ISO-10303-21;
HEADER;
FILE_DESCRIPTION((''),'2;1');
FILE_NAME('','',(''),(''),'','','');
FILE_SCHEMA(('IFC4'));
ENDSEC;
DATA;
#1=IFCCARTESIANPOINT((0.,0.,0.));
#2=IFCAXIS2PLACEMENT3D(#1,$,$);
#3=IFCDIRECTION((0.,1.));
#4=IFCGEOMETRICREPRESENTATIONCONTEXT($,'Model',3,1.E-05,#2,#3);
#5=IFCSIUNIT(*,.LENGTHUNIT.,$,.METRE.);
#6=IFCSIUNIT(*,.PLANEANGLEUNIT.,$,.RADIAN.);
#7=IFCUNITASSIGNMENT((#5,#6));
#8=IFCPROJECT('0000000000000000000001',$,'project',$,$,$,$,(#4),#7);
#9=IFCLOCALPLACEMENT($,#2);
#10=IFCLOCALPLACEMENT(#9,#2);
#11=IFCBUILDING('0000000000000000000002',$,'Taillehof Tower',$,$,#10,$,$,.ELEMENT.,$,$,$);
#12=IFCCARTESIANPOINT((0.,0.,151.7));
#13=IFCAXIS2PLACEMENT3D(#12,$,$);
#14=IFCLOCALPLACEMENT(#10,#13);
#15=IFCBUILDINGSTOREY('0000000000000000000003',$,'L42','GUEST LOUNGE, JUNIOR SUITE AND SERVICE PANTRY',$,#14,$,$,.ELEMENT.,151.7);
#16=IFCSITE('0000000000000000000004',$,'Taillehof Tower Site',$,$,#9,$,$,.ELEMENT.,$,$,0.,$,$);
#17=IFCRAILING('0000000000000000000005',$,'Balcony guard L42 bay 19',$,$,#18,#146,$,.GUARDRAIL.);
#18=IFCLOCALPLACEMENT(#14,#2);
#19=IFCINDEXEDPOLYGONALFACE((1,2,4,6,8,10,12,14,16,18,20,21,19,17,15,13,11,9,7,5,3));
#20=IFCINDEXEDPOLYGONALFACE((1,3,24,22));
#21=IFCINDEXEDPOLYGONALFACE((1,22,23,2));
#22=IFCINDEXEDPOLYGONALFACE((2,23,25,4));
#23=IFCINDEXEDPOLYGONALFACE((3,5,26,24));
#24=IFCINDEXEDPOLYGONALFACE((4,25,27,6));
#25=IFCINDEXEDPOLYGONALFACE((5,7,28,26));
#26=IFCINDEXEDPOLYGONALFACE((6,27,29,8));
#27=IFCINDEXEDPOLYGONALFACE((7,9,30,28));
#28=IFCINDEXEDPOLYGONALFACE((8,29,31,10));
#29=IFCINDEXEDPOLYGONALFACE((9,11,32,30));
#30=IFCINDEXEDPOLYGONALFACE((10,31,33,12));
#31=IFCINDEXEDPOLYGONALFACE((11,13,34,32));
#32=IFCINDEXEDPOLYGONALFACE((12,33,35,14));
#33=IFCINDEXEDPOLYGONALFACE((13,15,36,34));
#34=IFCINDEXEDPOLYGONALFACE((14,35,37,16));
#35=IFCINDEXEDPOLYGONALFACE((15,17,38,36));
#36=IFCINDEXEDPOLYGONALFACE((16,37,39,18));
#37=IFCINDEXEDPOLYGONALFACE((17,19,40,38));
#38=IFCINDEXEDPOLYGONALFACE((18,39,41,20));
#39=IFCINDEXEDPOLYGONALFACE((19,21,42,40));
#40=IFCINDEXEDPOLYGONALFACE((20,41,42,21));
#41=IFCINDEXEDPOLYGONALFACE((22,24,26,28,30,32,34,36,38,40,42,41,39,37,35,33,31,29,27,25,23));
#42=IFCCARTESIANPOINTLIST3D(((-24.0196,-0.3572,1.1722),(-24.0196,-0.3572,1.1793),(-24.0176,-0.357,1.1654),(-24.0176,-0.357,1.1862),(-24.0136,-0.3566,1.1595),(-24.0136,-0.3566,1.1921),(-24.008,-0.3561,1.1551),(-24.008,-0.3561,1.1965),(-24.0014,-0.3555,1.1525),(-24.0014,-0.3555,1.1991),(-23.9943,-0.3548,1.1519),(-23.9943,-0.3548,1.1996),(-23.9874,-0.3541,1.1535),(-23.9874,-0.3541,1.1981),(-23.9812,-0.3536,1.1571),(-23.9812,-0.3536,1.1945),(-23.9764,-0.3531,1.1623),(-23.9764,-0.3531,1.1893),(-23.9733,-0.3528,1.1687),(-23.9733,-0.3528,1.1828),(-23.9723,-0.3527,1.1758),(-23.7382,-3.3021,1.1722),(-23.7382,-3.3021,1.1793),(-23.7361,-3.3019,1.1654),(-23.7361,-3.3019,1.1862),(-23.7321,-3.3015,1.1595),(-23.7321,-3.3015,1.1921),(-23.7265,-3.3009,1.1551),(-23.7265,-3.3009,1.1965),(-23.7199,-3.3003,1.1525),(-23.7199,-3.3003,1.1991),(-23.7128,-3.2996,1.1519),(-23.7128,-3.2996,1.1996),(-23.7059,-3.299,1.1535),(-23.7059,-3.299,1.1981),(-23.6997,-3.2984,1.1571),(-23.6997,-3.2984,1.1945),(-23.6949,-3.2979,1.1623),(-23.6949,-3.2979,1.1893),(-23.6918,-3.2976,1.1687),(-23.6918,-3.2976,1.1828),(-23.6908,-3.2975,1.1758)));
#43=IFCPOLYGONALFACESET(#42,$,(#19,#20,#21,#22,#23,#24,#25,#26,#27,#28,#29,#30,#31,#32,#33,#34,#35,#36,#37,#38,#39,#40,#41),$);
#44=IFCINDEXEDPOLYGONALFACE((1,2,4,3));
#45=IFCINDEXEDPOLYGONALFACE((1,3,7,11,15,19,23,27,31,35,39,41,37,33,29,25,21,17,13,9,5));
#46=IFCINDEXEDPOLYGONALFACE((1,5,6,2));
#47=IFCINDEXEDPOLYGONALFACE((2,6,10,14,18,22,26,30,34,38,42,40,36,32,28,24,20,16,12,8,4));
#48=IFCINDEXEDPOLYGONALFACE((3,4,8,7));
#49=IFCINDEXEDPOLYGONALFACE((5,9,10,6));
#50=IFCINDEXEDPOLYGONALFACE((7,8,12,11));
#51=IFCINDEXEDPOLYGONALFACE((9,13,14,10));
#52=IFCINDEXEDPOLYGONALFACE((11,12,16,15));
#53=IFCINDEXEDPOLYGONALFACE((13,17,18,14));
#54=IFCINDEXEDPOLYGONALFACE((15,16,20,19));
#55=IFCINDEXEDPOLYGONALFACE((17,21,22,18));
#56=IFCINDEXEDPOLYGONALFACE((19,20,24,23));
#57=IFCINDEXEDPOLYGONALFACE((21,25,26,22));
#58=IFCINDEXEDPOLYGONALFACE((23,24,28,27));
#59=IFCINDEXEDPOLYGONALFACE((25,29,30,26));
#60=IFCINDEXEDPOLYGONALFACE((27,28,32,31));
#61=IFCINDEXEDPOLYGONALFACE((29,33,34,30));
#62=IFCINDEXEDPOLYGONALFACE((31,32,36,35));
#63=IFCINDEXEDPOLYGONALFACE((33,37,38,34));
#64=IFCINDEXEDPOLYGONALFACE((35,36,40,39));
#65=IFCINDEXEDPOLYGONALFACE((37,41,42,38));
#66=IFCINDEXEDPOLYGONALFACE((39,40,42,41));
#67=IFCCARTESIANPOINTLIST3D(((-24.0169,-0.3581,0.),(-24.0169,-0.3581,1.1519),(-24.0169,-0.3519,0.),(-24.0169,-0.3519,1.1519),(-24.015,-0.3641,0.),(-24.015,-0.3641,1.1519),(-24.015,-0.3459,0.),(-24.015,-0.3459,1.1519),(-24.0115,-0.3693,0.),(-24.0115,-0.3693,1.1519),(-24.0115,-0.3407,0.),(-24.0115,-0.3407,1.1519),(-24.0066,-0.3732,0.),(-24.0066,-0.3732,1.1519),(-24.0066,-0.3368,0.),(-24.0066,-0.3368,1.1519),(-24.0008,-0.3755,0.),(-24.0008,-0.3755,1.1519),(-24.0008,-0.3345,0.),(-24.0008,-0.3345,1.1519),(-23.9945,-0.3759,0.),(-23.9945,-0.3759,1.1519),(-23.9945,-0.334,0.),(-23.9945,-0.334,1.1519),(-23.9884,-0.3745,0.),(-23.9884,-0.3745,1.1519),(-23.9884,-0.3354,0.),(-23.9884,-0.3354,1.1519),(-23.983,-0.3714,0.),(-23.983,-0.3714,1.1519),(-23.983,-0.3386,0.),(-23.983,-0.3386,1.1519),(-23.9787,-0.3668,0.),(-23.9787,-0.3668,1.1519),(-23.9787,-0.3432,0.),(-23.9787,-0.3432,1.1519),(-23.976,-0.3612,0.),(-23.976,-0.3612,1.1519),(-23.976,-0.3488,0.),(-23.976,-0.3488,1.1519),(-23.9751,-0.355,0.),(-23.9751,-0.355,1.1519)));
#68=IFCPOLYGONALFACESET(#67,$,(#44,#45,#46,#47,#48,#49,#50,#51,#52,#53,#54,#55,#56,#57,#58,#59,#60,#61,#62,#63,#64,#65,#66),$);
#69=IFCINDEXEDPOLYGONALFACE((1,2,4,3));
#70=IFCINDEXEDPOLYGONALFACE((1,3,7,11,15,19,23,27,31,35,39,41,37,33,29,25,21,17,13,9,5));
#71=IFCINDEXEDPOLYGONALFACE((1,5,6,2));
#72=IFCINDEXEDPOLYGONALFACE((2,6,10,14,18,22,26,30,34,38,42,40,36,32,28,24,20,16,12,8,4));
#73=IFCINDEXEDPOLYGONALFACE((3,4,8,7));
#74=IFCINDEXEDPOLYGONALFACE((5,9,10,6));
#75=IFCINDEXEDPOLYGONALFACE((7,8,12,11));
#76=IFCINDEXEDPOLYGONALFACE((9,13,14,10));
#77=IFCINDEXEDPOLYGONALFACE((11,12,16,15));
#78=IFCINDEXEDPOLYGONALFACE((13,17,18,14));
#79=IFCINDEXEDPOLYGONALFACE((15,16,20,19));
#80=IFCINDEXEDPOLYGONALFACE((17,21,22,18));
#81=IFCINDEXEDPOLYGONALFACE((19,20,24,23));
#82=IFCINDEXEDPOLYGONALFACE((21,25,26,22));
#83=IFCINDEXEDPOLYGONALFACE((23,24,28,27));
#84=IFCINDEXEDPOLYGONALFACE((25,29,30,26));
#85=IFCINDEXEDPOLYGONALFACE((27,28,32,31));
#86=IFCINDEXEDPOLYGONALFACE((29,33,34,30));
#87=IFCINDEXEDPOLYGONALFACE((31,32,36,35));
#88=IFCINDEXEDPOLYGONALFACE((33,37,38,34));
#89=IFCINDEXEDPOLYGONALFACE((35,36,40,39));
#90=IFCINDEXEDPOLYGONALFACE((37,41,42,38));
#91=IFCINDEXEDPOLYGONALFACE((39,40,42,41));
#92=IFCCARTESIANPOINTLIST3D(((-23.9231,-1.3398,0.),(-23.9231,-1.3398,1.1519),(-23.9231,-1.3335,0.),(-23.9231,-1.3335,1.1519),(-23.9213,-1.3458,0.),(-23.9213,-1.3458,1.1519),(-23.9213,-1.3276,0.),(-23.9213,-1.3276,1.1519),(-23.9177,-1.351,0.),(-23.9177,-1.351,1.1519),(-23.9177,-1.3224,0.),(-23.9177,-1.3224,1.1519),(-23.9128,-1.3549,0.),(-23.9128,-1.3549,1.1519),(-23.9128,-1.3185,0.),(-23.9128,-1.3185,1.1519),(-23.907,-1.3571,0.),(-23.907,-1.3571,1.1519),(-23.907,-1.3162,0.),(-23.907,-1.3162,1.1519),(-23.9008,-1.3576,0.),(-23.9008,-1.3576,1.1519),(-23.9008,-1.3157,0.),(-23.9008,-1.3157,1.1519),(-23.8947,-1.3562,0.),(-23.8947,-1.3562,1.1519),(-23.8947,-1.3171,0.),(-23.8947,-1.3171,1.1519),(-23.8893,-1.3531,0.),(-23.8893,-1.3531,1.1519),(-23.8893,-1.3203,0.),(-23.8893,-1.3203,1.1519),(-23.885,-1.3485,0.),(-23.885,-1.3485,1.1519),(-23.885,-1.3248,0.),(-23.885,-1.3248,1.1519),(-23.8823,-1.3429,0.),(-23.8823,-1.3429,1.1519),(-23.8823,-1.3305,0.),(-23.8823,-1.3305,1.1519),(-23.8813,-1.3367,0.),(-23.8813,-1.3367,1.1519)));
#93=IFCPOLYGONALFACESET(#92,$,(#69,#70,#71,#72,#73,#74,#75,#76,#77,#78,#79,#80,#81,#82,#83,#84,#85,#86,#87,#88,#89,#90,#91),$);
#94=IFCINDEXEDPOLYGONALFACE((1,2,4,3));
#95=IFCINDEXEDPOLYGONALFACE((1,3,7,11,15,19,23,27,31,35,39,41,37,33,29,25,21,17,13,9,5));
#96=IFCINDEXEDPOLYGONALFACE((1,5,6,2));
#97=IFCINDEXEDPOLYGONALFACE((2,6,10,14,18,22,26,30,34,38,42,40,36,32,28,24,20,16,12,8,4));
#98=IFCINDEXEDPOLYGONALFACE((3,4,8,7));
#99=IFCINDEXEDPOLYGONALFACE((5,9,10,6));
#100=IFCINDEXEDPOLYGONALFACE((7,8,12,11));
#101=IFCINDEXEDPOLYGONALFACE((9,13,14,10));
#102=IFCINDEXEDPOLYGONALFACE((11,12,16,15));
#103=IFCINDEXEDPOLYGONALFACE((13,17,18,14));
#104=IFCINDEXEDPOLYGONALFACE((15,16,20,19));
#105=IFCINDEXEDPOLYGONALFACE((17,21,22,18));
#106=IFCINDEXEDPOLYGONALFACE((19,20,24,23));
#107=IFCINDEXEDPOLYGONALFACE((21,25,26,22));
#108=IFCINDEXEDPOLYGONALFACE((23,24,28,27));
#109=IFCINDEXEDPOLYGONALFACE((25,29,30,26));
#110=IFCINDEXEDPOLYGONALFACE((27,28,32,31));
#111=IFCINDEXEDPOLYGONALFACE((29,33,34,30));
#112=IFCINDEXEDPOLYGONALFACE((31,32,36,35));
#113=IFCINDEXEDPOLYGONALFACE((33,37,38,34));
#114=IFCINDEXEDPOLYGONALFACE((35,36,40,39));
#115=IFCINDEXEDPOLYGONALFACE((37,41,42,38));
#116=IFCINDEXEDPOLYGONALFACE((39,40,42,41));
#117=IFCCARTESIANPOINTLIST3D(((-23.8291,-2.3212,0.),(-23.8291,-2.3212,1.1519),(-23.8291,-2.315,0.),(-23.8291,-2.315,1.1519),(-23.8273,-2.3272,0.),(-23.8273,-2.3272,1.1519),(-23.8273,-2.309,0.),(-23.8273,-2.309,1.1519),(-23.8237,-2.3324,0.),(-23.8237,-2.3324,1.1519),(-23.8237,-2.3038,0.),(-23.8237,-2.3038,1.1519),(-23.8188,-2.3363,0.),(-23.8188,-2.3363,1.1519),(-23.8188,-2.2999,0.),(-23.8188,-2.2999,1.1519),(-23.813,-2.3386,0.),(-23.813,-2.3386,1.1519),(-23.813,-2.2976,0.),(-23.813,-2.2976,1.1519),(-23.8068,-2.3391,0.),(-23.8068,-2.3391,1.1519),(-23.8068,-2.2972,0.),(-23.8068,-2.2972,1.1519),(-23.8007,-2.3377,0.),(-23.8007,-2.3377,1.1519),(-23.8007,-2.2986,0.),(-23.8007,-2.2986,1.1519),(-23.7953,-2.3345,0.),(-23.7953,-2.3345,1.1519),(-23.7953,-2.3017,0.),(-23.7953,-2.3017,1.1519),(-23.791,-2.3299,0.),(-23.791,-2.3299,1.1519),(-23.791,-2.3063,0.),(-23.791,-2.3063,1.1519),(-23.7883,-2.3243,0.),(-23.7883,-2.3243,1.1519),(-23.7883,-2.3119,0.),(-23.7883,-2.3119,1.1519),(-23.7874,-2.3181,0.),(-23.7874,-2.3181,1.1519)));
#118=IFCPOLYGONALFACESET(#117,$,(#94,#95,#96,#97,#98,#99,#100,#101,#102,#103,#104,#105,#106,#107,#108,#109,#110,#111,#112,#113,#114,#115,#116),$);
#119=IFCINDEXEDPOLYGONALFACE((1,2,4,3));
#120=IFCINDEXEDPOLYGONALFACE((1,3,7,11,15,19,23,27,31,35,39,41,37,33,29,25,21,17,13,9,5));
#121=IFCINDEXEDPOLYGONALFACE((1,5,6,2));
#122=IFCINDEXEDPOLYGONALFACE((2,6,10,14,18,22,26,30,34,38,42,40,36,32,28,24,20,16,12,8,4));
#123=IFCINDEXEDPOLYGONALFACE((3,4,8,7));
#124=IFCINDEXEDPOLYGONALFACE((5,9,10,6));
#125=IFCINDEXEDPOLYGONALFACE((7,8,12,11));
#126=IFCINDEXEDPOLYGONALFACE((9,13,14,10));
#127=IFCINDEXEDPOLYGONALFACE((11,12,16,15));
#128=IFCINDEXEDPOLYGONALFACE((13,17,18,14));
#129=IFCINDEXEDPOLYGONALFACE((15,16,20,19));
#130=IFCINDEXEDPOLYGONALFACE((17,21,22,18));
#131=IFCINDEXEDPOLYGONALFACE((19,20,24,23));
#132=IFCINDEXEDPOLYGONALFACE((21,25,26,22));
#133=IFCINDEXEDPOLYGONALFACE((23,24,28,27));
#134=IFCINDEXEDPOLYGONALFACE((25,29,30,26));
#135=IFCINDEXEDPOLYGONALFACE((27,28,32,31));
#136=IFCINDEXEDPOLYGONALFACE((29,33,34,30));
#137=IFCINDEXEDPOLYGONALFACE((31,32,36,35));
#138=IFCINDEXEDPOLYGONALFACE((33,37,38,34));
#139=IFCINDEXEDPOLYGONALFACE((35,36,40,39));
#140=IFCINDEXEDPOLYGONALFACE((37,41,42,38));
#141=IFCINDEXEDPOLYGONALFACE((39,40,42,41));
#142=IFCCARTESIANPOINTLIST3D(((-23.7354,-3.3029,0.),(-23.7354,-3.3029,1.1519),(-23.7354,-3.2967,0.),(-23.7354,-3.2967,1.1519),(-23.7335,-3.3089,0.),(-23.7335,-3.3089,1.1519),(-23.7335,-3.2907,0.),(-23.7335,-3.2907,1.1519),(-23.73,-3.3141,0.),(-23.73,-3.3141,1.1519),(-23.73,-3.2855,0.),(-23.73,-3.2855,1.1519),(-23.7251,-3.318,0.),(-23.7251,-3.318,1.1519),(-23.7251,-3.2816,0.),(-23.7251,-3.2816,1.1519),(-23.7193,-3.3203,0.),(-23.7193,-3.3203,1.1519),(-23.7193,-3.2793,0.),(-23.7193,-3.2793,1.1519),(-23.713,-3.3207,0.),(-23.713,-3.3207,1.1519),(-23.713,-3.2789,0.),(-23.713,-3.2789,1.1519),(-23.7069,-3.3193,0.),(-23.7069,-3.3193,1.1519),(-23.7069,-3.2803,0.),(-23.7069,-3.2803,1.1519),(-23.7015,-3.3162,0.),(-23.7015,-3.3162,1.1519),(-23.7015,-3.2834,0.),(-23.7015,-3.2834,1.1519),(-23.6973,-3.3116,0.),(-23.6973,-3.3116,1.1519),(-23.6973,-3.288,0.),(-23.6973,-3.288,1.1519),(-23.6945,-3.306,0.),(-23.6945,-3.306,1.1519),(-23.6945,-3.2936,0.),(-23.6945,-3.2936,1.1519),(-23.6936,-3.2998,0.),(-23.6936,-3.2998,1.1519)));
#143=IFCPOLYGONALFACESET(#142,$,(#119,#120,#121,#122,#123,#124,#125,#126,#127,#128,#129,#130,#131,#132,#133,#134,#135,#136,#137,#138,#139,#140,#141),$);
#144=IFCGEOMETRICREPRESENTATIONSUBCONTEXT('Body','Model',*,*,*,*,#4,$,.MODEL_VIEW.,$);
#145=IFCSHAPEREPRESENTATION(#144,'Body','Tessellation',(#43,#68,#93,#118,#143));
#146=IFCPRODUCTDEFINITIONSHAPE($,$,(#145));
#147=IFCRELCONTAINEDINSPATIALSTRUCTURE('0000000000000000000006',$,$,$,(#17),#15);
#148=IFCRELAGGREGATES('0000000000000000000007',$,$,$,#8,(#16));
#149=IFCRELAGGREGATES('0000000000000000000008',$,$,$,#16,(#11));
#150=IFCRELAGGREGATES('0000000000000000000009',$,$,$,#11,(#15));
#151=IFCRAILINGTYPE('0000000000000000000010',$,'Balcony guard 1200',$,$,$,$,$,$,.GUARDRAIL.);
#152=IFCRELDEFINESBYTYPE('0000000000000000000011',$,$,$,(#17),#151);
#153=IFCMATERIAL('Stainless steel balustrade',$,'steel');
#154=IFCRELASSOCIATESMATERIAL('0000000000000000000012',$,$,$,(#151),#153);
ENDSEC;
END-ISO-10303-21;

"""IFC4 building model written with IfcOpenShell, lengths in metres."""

from ifc_helpers import new_model, si_unit, direction, frame, origin, origin_2d, place, context, subcontext, project, spatial, circle, extrude, material, type_object, element, save


model = new_model("IFC4")

# Units and contexts
model_context = context("Model", 3, precision=1e-05, world=origin(), true_north=direction((0.0, 1.0)))
body_context = subcontext(model_context, "Body", "Model", "MODEL_VIEW")
ifc_project = project(units=[si_unit("LENGTHUNIT", "METRE"), si_unit("PLANEANGLEUNIT", "RADIAN")], contexts=[model_context])

# Site, building, storey
site_placement = place(None, origin())
site = spatial("IfcSite", under=ifc_project, at=site_placement, Name="Taillehof Tower Site", CompositionType="ELEMENT", RefElevation=0.0)
building_placement = place(site_placement, origin())
building = spatial("IfcBuilding", under=site, at=building_placement, Name="Taillehof Tower", CompositionType="ELEMENT")
storey_placement = place(building_placement, frame((0.0, 0.0, 151.7)))
storey = spatial("IfcBuildingStorey", under=building, at=storey_placement, Name="L42", Description="GUEST LOUNGE, JUNIOR SUITE AND SERVICE PANTRY", CompositionType="ELEMENT", Elevation=151.7)

# Railing
ifc_material_1 = material(Name="Stainless steel balustrade", Category="steel")
railing_type = type_object("IfcRailingType", Name="Balcony guard 1200", PredefinedType="GUARDRAIL", material=ifc_material_1)
railing_1_placement = place(storey_placement, frame((-23.9961, -0.355, 0.0)))
element("IfcRailing", 1, at=railing_1_placement, inside=storey, type_object=railing_type, Name="Balcony guard L42 bay 19", PredefinedType="GUARDRAIL", context=body_context, shape_type="SweptSolid", body=[
    extrude(circle(Radius=0.0239, at=origin_2d()), frame((0.0, 0.0, 1.1758), z_axis=(0.095156, -0.995462, 0.0), x_axis=(0.995462, 0.095156, 0.0)), (0.0, 0.0, 1.0), 2.9583),
    extrude(circle(Radius=0.021, at=origin_2d()), origin(), (0.0, 0.0, 1.0), 1.1519),
    extrude(circle(Radius=0.021, at=origin_2d()), frame((0.0938, -0.9817, 0.0)), (0.0, 0.0, 1.0), 1.1519),
    extrude(circle(Radius=0.021, at=origin_2d()), frame((0.1877, -1.9631, 0.0)), (0.0, 0.0, 1.0), 1.1519),
    extrude(circle(Radius=0.021, at=origin_2d()), frame((0.2815, -2.9448, 0.0)), (0.0, 0.0, 1.0), 1.1519),
])

save(model, "model.ifc")
